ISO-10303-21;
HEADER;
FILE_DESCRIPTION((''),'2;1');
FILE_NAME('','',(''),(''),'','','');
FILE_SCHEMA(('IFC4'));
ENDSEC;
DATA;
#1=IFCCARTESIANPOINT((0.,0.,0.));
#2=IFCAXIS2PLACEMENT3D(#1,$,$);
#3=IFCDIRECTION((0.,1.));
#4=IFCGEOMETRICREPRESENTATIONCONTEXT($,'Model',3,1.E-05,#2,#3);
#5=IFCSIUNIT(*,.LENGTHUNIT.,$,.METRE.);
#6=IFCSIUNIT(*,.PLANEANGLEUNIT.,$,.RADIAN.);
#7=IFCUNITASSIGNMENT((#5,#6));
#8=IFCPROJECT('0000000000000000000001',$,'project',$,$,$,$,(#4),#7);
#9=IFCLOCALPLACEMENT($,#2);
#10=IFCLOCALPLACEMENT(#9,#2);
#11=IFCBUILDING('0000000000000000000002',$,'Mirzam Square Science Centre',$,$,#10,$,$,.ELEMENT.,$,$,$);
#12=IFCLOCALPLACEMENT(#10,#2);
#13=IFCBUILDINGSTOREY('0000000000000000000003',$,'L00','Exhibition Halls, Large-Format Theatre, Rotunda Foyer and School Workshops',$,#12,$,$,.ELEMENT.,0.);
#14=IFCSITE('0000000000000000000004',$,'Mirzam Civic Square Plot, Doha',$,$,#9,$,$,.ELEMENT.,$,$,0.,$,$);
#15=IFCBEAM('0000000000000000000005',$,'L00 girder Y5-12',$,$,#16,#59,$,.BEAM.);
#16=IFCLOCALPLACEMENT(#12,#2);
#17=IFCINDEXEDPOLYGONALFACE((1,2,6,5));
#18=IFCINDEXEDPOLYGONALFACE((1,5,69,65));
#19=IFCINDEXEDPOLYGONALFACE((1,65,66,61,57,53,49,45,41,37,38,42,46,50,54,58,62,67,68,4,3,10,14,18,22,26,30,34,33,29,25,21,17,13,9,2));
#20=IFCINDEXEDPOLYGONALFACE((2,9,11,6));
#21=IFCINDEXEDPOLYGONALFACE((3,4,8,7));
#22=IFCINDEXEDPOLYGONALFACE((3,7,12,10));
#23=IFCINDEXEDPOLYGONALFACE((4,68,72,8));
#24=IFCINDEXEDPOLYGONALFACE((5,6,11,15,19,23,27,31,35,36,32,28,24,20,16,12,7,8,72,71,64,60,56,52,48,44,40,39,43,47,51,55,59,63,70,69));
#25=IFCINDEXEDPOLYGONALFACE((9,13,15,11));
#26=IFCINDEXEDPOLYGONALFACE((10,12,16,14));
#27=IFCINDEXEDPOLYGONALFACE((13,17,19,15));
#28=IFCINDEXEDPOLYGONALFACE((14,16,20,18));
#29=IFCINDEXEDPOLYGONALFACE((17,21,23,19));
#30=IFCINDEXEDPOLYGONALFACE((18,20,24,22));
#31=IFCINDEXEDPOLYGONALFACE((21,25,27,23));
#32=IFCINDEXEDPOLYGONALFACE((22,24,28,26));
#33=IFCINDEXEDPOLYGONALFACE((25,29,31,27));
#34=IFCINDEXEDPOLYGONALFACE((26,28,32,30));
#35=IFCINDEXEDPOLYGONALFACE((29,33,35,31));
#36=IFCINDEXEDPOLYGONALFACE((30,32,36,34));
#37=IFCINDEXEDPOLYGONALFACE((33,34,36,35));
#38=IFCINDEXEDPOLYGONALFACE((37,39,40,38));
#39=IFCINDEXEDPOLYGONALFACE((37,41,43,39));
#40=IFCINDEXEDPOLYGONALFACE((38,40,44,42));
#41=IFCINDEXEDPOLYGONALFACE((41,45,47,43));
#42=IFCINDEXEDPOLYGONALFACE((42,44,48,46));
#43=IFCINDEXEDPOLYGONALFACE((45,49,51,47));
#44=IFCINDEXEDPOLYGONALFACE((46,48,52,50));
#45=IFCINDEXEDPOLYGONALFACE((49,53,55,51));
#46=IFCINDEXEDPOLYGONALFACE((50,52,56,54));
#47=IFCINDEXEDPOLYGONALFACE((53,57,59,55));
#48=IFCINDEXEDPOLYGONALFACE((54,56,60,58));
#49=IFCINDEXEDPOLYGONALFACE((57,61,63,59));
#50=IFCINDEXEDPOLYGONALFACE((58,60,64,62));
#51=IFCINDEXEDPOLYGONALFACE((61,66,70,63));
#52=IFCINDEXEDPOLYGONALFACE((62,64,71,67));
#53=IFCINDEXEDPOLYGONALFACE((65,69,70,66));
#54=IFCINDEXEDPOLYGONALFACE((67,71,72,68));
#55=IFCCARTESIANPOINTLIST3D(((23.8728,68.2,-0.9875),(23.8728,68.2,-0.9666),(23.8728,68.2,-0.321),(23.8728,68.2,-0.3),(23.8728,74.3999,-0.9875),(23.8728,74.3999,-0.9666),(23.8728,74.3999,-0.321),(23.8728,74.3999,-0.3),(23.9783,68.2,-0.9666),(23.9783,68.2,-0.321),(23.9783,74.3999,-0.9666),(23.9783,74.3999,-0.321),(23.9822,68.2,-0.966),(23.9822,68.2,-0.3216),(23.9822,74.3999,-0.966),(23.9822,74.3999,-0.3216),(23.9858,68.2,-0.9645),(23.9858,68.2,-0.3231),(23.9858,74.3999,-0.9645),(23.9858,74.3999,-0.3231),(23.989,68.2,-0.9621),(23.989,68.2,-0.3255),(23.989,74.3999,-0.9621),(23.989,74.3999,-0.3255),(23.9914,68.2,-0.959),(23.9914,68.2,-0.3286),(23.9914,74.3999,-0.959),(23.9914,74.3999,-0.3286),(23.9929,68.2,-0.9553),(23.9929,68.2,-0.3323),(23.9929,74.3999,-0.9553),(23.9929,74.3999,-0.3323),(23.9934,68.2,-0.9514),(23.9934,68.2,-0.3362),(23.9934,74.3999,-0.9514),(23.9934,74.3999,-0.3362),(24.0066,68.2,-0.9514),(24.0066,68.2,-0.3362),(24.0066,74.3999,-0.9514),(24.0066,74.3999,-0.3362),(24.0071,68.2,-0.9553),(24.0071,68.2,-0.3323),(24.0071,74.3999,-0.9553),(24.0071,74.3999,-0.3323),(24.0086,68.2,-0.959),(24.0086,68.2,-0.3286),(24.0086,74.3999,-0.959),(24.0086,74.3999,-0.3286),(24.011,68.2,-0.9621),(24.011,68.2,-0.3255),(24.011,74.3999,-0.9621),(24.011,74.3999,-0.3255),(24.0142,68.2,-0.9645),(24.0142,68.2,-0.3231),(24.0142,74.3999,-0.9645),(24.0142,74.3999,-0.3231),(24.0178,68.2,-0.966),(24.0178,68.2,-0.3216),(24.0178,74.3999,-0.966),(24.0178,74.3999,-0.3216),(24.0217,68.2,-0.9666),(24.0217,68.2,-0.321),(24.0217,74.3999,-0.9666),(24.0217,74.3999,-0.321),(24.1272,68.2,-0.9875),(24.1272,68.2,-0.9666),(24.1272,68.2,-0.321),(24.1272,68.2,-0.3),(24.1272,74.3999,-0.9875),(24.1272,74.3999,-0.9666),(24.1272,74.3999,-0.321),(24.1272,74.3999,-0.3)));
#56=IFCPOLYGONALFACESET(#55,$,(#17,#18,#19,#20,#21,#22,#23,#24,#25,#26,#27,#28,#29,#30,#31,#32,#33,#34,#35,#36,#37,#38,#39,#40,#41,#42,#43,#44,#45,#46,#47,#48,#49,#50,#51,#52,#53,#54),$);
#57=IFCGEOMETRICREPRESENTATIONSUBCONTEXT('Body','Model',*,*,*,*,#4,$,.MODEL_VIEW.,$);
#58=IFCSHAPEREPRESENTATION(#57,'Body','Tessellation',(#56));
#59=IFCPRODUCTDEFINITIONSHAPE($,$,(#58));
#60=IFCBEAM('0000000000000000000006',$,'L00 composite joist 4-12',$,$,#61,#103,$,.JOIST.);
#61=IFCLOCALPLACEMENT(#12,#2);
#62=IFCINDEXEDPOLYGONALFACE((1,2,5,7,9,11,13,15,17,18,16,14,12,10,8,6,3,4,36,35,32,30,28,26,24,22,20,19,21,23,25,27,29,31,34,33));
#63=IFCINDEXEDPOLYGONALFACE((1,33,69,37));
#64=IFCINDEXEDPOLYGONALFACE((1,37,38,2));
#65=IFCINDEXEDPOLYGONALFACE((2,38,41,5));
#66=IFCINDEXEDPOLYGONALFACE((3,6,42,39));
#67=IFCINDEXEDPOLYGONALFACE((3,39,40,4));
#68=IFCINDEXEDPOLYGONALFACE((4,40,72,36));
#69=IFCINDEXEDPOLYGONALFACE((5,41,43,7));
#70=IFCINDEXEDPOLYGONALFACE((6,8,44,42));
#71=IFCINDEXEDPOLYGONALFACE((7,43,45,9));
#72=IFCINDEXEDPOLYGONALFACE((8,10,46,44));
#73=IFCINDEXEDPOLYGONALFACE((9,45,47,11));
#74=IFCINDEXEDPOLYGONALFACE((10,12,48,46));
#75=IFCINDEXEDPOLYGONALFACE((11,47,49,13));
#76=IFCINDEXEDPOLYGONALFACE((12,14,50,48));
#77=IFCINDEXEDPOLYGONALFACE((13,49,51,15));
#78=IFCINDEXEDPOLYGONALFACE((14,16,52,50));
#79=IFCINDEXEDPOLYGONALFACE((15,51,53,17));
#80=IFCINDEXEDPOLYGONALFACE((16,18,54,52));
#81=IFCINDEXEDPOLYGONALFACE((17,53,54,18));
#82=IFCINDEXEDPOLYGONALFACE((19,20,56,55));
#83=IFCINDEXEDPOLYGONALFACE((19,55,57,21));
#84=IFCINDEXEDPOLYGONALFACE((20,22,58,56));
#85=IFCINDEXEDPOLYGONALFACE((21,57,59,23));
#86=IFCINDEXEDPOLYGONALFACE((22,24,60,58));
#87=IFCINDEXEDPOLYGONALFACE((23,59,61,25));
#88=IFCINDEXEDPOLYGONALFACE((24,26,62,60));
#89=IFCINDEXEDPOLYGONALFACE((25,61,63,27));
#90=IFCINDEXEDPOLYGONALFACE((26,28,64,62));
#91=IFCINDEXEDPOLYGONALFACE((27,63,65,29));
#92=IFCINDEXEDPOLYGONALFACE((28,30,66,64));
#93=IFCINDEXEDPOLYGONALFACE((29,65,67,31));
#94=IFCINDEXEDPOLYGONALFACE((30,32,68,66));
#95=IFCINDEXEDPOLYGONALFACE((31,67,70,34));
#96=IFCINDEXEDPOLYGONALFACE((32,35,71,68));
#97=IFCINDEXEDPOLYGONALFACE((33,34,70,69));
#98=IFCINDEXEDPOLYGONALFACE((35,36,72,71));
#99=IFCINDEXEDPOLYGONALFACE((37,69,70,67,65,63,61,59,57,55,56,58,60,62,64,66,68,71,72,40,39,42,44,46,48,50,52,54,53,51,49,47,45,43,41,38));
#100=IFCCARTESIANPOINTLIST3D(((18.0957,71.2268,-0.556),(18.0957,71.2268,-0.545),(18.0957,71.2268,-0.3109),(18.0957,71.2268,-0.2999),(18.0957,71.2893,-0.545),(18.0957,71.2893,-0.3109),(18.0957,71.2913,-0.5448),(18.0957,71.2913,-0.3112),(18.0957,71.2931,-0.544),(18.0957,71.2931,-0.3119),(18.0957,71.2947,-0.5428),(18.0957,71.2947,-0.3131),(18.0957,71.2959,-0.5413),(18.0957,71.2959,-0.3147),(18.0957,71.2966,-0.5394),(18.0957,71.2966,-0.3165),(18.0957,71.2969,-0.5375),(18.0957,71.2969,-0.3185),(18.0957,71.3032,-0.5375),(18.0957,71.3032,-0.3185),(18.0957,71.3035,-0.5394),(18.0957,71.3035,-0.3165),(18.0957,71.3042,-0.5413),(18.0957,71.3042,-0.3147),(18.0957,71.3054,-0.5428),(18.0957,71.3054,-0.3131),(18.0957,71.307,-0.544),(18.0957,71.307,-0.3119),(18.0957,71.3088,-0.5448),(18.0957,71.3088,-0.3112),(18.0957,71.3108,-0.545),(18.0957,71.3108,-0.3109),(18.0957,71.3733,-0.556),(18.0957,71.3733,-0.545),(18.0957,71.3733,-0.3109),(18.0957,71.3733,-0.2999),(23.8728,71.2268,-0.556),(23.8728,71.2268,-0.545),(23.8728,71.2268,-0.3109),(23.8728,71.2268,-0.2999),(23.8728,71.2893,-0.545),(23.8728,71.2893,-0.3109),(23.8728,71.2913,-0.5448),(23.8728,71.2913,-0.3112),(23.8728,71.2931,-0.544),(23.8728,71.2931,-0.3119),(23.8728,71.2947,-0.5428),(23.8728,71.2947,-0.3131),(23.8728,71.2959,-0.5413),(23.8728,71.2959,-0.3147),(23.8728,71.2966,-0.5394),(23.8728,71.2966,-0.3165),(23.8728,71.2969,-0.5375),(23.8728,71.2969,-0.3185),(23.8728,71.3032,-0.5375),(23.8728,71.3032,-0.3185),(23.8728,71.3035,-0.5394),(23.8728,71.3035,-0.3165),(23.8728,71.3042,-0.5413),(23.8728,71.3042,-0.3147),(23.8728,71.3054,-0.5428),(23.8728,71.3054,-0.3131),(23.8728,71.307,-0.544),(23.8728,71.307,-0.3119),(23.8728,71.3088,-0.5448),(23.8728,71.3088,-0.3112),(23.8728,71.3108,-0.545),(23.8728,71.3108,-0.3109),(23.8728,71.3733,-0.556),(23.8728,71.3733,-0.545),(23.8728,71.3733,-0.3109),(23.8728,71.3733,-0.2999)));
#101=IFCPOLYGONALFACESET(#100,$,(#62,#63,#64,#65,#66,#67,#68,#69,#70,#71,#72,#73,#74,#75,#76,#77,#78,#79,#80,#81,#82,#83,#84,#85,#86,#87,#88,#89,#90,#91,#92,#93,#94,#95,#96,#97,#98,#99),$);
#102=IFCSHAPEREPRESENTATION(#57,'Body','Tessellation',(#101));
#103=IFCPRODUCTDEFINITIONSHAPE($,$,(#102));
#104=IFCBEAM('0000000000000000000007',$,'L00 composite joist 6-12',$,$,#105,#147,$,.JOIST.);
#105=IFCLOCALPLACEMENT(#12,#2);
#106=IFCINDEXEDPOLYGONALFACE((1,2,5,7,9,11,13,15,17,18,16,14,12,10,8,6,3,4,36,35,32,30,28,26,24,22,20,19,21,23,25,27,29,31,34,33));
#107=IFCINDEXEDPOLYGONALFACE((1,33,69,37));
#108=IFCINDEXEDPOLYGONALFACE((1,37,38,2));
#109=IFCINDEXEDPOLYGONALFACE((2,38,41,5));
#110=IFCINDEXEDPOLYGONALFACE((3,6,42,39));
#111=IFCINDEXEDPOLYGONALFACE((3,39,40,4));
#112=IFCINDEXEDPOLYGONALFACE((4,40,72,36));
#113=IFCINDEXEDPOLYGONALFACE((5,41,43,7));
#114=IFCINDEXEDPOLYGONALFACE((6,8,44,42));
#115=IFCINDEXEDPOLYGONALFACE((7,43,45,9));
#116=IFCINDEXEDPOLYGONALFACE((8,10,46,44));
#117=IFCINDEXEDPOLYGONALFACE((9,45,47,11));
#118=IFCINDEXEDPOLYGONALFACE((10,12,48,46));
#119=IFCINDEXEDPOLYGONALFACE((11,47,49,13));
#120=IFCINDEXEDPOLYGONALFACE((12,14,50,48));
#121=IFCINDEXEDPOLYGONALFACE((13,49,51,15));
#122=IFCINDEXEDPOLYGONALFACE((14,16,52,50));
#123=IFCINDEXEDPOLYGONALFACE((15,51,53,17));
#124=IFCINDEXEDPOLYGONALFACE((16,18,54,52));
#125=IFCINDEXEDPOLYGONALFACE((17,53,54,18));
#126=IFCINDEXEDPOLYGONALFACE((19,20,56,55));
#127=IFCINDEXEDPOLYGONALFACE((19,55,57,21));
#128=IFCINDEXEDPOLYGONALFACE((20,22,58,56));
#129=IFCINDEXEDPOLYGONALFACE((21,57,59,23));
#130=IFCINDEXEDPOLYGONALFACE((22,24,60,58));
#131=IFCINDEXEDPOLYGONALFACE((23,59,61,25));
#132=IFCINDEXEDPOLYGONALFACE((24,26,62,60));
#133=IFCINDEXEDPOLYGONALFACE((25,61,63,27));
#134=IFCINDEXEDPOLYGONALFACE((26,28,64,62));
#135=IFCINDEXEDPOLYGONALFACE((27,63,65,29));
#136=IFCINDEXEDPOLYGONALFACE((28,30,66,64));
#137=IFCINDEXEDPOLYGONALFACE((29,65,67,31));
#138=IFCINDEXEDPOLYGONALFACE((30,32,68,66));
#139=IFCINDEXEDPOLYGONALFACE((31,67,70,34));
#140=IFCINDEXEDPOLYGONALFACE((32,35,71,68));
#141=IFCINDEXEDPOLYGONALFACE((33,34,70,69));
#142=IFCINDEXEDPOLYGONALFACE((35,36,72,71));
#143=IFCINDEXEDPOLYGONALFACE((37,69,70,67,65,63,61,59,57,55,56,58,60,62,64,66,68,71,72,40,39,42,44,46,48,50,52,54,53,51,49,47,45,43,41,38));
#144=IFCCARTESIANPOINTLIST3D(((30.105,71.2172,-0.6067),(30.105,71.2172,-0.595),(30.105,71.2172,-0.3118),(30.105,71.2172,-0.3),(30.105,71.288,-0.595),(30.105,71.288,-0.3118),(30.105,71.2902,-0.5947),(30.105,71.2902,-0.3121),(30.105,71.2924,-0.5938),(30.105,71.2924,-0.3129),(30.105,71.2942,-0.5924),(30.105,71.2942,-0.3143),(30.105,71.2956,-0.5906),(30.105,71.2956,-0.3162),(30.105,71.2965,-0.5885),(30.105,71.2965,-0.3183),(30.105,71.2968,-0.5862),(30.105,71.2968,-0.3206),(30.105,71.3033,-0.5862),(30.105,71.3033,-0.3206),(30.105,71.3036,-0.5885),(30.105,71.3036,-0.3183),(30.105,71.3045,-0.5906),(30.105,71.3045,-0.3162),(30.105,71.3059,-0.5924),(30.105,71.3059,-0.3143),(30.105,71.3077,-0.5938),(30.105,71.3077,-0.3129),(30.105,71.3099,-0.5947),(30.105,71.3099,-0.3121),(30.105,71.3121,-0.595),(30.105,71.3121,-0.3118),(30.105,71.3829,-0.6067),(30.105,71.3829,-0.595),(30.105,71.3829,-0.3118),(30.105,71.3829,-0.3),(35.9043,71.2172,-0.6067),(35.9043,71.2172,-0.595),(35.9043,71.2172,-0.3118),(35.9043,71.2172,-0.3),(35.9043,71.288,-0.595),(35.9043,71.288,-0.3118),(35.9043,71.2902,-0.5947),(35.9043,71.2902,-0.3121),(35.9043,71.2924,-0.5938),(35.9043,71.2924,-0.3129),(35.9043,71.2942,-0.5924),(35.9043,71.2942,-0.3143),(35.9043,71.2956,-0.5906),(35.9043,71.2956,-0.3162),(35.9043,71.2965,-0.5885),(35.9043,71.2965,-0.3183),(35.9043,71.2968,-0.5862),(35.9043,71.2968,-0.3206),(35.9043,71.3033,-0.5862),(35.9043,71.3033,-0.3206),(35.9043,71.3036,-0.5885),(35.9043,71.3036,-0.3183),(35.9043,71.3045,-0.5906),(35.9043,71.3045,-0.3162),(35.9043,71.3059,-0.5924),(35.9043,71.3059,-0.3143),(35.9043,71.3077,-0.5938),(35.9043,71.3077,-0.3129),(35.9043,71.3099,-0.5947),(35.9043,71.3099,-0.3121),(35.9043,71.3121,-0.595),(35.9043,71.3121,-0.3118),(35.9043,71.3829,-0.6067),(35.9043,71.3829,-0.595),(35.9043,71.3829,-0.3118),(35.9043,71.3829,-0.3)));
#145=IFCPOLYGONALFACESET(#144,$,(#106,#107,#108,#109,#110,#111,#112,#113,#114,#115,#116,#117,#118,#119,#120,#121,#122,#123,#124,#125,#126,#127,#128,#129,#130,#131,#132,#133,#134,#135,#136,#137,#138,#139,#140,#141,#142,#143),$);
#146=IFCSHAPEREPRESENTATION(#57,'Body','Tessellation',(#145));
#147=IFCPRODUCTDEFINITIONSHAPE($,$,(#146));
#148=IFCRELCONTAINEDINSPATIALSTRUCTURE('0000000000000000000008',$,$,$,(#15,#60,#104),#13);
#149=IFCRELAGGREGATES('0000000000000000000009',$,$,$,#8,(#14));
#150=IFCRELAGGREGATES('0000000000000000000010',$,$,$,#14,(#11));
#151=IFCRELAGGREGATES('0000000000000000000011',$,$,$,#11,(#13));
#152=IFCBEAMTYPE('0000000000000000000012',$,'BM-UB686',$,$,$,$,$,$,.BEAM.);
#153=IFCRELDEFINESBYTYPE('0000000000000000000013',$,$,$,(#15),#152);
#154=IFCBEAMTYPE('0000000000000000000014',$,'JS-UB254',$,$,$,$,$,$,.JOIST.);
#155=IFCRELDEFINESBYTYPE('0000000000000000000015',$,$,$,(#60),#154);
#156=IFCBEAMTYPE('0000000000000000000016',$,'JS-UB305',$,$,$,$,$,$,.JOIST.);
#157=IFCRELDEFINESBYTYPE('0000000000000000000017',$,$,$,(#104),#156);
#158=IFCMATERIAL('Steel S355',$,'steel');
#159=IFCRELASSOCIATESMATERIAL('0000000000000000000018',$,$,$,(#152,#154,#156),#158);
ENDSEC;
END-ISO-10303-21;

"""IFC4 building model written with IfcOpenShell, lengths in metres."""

from ifc_helpers import new_model, si_unit, direction, frame, origin, origin_2d, place, context, subcontext, project, spatial, i_section, extrude, material, material_profile, profile_set, type_object, element, save


model = new_model("IFC4")

# Units and contexts
model_context = context("Model", 3, precision=1e-05, world=origin(), true_north=direction((0.0, 1.0)))
body_context = subcontext(model_context, "Body", "Model", "MODEL_VIEW")
ifc_project = project(units=[si_unit("LENGTHUNIT", "METRE"), si_unit("PLANEANGLEUNIT", "RADIAN")], contexts=[model_context])

# Site, building, storey
site_placement = place(None, origin())
site = spatial("IfcSite", under=ifc_project, at=site_placement, Name="Mirzam Civic Square Plot, Doha", CompositionType="ELEMENT", RefElevation=0.0)
building_placement = place(site_placement, origin())
building = spatial("IfcBuilding", under=site, at=building_placement, Name="Mirzam Square Science Centre", CompositionType="ELEMENT")
storey_placement = place(building_placement, origin())
storey = spatial("IfcBuildingStorey", under=building, at=storey_placement, Name="L00", Description="Exhibition Halls, Large-Format Theatre, Rotunda Foyer and School Workshops", CompositionType="ELEMENT", Elevation=0.0)

# Shared definitions
ifc_material_1 = material(Name="Steel S355", Category="steel")

# Beams
ifc_material_profile_1 = material_profile(ifc_material_1, i_section(OverallWidth=0.2544, OverallDepth=0.6875, WebThickness=0.0132, FlangeThickness=0.021, FilletRadius=0.0151, at=origin_2d()), Name="686x254x152UB")
ifc_profile_set_1 = profile_set([ifc_material_profile_1], Name="Steel S355")
beam_type_1 = type_object("IfcBeamType", Name="BM-UB686", PredefinedType="BEAM", material=ifc_profile_set_1)
beam_1_placement = place(storey_placement, frame((24.0, 68.2, -0.6438), z_axis=(0.0, 1.0, 0.0), x_axis=(-1.0, 0.0, 0.0)))
element("IfcBeam", 1, at=beam_1_placement, inside=storey, type_object=beam_type_1, Name="L00 girder Y5-12", PredefinedType="BEAM", context=body_context, shape_type="SweptSolid", body=[
    extrude(i_section(OverallWidth=0.2544, OverallDepth=0.6875, WebThickness=0.0132, FlangeThickness=0.021, FilletRadius=0.0151, at=origin_2d()), origin(), (0.0, 0.0, 1.0), 6.2),
])
ifc_material_profile_2 = material_profile(ifc_material_1, i_section(OverallWidth=0.1465, OverallDepth=0.2561, WebThickness=0.0063, FlangeThickness=0.011, FilletRadius=0.0076, at=origin_2d()), Name="254x146x37UB")
ifc_profile_set_2 = profile_set([ifc_material_profile_2], Name="Steel S355")
beam_type_2 = type_object("IfcBeamType", Name="JS-UB254", PredefinedType="JOIST", material=ifc_profile_set_2)
beam_2_placement = place(storey_placement, frame((18.0957, 71.3, -0.428), z_axis=(1.0, 0.0, 0.0), x_axis=(0.0, 1.0, 0.0)))
element("IfcBeam", 2, at=beam_2_placement, inside=storey, type_object=beam_type_2, Name="L00 composite joist 4-12", PredefinedType="JOIST", context=body_context, shape_type="SweptSolid", body=[
    extrude(i_section(OverallWidth=0.1465, OverallDepth=0.2561, WebThickness=0.0063, FlangeThickness=0.011, FilletRadius=0.0076, at=origin_2d()), origin(), (0.0, 0.0, 1.0), 5.7771),
])
ifc_material_profile_3 = material_profile(ifc_material_1, i_section(OverallWidth=0.1658, OverallDepth=0.3066, WebThickness=0.0066, FlangeThickness=0.0117, FilletRadius=0.0088, at=origin_2d()), Name="305x165x46UB")
ifc_profile_set_3 = profile_set([ifc_material_profile_3], Name="Steel S355")
beam_type_3 = type_object("IfcBeamType", Name="JS-UB305", PredefinedType="JOIST", material=ifc_profile_set_3)
beam_3_placement = place(storey_placement, frame((30.105, 71.3, -0.4534), z_axis=(1.0, 0.0, 0.0), x_axis=(0.0, 1.0, 0.0)))
element("IfcBeam", 3, at=beam_3_placement, inside=storey, type_object=beam_type_3, Name="L00 composite joist 6-12", PredefinedType="JOIST", context=body_context, shape_type="SweptSolid", body=[
    extrude(i_section(OverallWidth=0.1658, OverallDepth=0.3066, WebThickness=0.0066, FlangeThickness=0.0117, FilletRadius=0.0088, at=origin_2d()), origin(), (0.0, 0.0, 1.0), 5.7993),
])

save(model, "model.ifc")
